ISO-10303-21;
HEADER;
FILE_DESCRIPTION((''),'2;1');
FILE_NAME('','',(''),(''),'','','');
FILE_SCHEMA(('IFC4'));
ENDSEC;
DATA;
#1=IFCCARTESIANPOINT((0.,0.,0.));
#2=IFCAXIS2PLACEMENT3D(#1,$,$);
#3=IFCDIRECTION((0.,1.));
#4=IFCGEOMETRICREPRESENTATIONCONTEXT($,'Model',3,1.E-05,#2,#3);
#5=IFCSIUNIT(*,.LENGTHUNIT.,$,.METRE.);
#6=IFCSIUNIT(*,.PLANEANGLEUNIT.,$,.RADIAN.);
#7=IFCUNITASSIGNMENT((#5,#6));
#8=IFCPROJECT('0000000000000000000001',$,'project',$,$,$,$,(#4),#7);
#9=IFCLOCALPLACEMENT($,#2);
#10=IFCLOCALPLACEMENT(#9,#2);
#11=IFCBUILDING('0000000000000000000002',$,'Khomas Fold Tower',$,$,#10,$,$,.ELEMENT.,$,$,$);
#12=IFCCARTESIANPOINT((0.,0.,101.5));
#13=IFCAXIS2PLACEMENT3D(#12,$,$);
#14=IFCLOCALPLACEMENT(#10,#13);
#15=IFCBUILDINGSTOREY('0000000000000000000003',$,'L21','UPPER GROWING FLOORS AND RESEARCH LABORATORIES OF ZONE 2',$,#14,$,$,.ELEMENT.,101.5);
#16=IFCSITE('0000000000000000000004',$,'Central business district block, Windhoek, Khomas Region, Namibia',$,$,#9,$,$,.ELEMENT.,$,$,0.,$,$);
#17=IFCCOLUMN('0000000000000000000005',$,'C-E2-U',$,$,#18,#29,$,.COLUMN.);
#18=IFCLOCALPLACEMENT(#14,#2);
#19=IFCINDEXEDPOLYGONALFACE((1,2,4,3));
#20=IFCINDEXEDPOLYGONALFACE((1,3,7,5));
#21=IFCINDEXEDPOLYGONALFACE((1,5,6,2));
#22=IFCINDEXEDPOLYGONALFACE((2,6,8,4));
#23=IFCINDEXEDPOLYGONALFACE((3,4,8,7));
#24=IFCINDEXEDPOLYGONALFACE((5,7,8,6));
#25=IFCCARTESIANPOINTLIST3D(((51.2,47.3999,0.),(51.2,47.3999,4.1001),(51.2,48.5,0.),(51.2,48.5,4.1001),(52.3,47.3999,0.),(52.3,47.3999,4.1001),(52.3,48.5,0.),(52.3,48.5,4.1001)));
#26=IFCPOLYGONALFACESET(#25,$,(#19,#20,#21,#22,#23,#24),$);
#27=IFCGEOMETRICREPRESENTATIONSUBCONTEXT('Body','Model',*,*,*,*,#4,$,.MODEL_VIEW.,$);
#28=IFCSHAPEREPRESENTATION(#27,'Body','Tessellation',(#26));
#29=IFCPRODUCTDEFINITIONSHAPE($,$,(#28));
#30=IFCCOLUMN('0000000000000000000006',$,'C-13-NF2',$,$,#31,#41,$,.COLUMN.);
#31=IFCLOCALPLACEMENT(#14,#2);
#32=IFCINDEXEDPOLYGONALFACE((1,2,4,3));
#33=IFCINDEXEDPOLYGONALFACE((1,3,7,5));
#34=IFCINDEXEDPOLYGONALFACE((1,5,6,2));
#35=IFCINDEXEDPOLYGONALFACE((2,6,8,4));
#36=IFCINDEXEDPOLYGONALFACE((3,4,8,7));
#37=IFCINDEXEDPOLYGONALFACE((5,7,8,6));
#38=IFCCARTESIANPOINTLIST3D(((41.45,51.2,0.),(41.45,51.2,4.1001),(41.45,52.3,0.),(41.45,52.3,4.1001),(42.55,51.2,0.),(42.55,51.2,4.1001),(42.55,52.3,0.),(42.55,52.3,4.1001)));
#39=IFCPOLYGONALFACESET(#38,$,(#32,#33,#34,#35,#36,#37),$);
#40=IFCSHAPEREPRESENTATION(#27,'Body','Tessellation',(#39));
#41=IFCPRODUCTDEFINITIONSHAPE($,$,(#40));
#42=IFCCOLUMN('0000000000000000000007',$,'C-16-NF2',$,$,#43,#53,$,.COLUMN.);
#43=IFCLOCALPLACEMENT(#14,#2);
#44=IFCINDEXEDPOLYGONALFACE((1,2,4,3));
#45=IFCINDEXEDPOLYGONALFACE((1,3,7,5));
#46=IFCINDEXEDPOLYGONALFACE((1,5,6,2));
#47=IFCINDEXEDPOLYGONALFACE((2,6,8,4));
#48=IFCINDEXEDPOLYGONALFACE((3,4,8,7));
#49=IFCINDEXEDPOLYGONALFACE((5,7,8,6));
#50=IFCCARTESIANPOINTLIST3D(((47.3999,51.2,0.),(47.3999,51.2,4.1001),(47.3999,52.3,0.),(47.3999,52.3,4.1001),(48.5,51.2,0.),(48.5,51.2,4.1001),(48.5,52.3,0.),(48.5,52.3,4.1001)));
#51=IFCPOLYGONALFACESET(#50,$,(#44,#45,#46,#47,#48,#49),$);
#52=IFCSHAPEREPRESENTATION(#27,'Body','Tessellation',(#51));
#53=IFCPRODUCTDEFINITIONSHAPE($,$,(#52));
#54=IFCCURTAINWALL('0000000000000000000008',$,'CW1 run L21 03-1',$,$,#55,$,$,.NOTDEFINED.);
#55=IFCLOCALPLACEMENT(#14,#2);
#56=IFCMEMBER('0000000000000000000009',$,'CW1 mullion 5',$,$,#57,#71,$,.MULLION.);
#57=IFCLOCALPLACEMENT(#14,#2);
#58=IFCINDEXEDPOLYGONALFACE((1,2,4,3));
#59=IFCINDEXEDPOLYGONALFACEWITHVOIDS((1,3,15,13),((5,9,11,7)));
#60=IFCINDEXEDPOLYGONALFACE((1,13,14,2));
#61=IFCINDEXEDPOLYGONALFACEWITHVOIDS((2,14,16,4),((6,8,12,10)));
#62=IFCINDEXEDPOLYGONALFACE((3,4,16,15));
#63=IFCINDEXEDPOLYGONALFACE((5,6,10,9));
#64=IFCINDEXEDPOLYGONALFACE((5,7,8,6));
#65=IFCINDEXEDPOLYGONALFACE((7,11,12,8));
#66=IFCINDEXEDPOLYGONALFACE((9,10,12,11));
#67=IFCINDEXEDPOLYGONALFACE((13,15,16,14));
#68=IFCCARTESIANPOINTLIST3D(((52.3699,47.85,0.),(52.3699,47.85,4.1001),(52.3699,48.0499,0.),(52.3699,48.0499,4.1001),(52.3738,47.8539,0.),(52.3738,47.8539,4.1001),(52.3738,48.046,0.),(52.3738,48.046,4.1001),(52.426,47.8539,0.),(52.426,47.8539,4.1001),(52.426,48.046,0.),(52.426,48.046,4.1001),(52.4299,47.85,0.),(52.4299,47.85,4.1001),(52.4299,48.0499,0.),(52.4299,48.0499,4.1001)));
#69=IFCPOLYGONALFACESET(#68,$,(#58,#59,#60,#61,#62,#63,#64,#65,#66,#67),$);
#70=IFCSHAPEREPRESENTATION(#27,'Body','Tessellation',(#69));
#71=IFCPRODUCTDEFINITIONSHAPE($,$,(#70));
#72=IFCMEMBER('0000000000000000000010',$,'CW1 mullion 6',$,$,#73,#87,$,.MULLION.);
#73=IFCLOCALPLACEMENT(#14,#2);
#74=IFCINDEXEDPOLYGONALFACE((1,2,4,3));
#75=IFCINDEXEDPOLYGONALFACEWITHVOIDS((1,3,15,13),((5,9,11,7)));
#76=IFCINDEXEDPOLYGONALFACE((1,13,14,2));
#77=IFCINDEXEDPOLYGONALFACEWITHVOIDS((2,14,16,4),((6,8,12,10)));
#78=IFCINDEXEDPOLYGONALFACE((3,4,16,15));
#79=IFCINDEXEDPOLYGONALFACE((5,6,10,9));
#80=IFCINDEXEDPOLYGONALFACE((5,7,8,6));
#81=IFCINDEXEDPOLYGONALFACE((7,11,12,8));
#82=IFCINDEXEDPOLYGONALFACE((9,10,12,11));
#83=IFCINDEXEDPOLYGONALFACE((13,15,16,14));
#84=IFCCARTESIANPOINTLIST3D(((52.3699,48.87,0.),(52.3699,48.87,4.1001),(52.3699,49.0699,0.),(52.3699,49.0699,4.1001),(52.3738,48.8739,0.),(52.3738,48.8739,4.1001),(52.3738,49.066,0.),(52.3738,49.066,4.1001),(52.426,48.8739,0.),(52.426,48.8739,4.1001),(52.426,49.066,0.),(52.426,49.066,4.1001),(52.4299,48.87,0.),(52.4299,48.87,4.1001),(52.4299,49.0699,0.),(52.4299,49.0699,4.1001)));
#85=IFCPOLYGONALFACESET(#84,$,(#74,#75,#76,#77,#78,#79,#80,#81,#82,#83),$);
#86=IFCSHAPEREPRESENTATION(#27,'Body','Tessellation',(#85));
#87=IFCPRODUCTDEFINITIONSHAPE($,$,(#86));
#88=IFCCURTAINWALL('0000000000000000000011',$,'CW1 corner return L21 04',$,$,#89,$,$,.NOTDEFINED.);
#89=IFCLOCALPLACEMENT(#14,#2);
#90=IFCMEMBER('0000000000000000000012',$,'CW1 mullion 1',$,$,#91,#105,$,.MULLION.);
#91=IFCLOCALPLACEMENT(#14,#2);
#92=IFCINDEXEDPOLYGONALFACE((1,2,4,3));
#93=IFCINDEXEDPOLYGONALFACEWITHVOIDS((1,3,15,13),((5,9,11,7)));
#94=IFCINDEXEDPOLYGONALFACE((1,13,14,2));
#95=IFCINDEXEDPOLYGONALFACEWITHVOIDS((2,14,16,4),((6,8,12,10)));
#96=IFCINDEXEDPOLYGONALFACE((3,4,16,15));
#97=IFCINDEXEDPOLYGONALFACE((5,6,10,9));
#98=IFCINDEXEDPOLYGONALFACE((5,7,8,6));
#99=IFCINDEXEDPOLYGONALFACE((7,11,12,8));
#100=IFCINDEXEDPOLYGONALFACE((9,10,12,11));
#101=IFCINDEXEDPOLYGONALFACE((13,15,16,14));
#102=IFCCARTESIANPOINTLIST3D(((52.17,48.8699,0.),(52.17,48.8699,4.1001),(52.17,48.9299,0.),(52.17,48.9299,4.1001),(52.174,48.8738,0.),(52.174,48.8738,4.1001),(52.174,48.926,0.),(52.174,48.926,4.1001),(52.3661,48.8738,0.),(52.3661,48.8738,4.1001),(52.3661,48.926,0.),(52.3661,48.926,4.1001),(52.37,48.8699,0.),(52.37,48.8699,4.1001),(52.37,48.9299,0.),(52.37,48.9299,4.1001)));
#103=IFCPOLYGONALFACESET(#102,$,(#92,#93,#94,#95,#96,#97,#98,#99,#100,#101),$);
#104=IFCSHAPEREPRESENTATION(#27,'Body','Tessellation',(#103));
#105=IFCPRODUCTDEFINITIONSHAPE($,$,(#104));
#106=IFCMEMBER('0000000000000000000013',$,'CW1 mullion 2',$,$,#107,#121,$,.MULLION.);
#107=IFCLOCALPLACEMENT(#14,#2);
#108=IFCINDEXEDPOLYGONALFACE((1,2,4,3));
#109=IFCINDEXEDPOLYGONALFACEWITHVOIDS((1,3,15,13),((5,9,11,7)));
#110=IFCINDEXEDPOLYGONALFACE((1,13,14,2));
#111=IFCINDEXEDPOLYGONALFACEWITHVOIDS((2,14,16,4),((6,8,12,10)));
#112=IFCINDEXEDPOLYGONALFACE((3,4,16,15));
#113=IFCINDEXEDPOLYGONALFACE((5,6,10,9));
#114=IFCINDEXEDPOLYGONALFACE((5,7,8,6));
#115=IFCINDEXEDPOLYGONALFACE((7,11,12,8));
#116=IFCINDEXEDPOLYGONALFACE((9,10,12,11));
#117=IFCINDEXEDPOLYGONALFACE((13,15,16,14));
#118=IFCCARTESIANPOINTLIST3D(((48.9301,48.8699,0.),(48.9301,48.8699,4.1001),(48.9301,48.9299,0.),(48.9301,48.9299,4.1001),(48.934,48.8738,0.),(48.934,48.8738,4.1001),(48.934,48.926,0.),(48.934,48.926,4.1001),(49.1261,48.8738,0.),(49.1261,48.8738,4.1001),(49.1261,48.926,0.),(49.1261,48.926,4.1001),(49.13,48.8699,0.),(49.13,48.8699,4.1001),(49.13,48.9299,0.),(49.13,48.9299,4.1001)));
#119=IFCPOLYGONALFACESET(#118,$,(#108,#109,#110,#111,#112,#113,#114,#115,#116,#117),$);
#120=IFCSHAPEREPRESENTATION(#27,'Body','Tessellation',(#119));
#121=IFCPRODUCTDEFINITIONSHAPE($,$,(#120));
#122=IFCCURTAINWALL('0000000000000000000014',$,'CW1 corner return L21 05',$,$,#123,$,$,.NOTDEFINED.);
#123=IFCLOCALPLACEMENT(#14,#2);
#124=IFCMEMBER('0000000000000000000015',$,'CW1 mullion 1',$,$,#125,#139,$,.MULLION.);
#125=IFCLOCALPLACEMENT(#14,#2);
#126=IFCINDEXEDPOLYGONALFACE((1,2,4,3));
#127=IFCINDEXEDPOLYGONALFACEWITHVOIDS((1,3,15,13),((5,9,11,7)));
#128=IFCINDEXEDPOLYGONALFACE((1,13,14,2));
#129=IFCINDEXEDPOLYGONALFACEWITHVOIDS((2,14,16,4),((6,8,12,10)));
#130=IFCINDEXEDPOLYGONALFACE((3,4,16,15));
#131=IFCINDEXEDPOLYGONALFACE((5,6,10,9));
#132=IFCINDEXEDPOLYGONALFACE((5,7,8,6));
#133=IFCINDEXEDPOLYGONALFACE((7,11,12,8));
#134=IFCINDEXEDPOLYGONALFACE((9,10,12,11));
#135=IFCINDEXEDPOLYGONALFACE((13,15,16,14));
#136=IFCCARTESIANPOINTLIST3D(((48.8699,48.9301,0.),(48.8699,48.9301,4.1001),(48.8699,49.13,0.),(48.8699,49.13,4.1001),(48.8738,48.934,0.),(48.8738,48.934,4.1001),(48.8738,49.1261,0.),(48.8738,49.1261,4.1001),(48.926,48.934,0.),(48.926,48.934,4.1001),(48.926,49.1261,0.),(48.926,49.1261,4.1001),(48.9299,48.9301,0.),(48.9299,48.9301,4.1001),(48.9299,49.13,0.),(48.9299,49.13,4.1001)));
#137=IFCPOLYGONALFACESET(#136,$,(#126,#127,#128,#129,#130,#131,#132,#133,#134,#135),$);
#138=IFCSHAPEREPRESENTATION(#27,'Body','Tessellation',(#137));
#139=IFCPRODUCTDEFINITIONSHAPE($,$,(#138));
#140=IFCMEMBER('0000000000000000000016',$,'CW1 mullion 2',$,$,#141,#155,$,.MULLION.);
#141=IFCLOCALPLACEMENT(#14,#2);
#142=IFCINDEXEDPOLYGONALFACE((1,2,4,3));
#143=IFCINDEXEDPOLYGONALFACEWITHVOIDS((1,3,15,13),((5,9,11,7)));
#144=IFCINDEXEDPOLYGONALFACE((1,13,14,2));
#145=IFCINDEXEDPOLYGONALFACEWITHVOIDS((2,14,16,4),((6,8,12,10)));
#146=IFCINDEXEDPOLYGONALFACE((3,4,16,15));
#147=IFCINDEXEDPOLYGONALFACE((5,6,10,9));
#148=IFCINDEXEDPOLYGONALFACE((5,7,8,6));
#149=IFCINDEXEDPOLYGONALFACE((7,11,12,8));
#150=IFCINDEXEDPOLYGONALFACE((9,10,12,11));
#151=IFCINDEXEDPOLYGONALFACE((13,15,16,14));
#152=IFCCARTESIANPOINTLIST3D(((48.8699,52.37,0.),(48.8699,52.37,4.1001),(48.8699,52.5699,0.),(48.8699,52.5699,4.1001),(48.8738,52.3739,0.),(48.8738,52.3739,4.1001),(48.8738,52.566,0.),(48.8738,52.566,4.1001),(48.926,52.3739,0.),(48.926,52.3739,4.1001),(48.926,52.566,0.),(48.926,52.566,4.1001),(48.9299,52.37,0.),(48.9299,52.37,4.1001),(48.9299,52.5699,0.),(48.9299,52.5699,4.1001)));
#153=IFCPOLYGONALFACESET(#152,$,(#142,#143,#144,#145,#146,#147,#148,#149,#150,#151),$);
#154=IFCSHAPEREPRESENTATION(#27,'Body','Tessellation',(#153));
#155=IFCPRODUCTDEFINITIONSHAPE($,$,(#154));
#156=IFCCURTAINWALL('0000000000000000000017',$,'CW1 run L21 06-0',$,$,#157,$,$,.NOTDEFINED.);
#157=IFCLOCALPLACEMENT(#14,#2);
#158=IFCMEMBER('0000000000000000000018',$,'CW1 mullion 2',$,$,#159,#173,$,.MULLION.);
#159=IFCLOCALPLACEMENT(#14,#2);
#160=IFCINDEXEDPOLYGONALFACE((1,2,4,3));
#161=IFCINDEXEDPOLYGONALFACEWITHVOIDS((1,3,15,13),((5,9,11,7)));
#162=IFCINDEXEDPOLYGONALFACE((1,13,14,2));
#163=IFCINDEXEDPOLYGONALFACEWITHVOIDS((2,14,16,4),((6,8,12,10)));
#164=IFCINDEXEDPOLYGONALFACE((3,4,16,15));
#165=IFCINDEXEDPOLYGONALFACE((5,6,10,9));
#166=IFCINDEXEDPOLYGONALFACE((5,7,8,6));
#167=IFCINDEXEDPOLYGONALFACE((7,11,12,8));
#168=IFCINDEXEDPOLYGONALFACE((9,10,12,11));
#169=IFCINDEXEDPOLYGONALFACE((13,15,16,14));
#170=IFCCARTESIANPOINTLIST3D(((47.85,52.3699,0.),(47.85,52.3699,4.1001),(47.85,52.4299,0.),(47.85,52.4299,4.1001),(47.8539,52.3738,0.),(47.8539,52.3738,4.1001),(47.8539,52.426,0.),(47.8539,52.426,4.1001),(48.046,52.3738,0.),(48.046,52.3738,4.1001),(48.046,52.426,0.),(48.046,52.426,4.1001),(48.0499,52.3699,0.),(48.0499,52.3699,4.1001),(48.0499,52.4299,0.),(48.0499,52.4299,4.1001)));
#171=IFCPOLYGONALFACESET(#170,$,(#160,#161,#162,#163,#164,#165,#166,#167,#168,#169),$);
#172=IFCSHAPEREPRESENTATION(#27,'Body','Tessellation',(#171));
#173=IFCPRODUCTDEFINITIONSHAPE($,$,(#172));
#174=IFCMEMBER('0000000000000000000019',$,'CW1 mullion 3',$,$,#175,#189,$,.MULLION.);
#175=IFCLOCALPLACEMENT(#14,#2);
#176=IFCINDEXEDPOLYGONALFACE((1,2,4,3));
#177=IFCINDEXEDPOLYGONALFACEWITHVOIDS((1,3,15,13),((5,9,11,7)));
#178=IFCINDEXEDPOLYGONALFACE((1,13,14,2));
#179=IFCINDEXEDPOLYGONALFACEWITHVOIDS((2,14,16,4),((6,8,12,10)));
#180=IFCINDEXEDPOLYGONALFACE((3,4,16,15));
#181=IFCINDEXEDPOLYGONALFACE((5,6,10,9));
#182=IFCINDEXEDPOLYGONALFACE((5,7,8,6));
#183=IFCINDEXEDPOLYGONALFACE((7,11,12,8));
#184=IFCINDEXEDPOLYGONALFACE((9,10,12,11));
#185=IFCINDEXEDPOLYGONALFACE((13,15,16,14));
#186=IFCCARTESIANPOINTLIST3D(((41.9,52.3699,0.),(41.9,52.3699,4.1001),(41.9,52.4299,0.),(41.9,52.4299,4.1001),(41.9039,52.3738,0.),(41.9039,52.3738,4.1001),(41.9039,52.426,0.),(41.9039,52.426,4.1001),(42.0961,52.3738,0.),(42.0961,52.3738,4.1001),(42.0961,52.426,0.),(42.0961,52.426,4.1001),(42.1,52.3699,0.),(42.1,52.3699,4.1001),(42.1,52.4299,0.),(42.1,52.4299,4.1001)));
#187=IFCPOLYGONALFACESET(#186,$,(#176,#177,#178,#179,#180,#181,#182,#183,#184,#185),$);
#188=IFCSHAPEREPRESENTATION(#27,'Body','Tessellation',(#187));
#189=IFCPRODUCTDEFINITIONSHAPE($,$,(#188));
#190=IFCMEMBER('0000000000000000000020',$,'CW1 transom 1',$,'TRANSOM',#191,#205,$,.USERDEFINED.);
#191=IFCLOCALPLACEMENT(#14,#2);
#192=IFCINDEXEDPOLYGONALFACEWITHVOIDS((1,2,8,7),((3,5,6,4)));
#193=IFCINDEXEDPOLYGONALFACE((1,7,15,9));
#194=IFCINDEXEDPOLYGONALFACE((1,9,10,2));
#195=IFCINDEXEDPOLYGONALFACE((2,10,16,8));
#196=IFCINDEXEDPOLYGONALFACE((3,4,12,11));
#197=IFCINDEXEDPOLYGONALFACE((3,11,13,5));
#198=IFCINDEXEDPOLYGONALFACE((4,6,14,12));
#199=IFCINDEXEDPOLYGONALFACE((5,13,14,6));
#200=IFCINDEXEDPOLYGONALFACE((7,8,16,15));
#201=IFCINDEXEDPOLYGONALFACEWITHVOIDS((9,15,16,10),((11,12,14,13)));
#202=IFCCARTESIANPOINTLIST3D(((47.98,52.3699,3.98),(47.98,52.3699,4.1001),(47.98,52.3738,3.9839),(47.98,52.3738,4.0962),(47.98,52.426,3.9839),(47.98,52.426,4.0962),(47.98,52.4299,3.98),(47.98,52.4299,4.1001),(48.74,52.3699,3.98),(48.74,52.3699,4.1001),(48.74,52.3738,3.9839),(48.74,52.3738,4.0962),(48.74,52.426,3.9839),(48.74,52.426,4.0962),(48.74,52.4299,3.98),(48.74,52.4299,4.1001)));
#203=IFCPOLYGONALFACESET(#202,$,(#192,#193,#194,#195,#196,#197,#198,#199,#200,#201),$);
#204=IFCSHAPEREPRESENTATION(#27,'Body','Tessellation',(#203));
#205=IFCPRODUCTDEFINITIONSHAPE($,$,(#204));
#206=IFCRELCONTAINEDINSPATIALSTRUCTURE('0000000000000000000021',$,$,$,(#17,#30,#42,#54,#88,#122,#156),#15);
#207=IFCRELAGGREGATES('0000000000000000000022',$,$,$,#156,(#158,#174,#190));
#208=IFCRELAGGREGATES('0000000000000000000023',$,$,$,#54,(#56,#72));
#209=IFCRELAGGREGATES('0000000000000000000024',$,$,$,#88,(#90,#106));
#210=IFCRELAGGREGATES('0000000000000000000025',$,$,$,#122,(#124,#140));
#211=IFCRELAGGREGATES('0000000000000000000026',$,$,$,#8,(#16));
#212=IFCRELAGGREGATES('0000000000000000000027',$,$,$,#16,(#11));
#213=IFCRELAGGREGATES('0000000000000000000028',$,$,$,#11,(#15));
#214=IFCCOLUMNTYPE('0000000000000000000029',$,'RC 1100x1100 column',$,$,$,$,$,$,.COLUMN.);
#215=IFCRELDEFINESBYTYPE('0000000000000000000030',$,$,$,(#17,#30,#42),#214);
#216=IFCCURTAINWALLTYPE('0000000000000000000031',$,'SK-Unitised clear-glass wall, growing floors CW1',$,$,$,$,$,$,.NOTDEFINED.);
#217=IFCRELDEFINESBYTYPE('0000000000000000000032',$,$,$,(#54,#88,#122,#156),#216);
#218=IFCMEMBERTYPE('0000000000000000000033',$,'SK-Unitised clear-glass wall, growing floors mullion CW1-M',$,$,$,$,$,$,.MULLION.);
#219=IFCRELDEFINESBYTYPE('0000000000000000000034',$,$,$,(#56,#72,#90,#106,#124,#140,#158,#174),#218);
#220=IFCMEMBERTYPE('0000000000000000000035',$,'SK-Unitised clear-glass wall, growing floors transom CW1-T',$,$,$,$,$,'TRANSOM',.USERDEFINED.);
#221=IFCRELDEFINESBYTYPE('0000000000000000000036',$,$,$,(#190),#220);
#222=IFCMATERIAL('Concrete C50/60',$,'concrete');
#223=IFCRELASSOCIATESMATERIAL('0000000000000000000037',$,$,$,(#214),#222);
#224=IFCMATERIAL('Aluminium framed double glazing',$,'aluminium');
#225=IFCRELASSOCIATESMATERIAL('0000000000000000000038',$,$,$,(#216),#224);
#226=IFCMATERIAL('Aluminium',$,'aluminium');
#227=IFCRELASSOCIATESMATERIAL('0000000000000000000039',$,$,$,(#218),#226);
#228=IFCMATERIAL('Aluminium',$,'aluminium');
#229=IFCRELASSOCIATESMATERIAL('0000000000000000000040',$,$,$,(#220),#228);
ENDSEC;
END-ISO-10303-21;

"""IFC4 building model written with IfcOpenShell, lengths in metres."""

from ifc_helpers import new_model, si_unit, direction, frame, origin, origin_2d, place, context, subcontext, project, spatial, rectangle, hollow_rectangle, extrude, source, transform, mapped, material, material_profile, profile_set, type_object, element, aggregate, save


model = new_model("IFC4")

# Units and contexts
model_context = context("Model", 3, precision=1e-05, world=origin(), true_north=direction((0.0, 1.0)))
body_context = subcontext(model_context, "Body", "Model", "MODEL_VIEW")
ifc_project = project(units=[si_unit("LENGTHUNIT", "METRE"), si_unit("PLANEANGLEUNIT", "RADIAN")], contexts=[model_context])

# Site, building, storey
site_placement = place(None, origin())
site = spatial("IfcSite", under=ifc_project, at=site_placement, Name="Central business district block, Windhoek, Khomas Region, Namibia", CompositionType="ELEMENT", RefElevation=0.0)
building_placement = place(site_placement, origin())
building = spatial("IfcBuilding", under=site, at=building_placement, Name="Khomas Fold Tower", CompositionType="ELEMENT")
storey_placement = place(building_placement, frame((0.0, 0.0, 101.5)))
storey = spatial("IfcBuildingStorey", under=building, at=storey_placement, Name="L21", Description="UPPER GROWING FLOORS AND RESEARCH LABORATORIES OF ZONE 2", CompositionType="ELEMENT", Elevation=101.5)

# Columns
ifc_material_1 = material(Name="Concrete C50/60", Category="concrete")
ifc_material_profile_1 = material_profile(ifc_material_1, rectangle(XDim=1.1001, YDim=1.1001, at=origin_2d()), Name="RC 1100x1100")
ifc_profile_set_1 = profile_set([ifc_material_profile_1], Name="Concrete C50/60")
column_type = type_object("IfcColumnType", Name="RC 1100x1100 column", PredefinedType="COLUMN", material=ifc_profile_set_1)
shared_shape_1 = source(origin(), body_context, "Body", "SweptSolid", [
    extrude(rectangle(XDim=1.1001, YDim=1.1001, at=origin_2d()), origin(), (0.0, 0.0, 1.0), 4.1001),
])
for number, where, z_axis, x_axis, name in (
    (1, (51.75, 47.95, 0.0), (0.0, 0.0, 1.0), (1.0, 0.0, 0.0), "C-E2-U"),
    (2, (42.0, 51.75, 0.0), (0.0, 0.0, 1.0), (1.0, 0.0, 0.0), "C-13-NF2"),
    (3, (47.95, 51.75, 0.0), (0.0, 0.0, 1.0), (1.0, 0.0, 0.0), "C-16-NF2"),
):
    element("IfcColumn", number, at=place(storey_placement, frame(where, z_axis=z_axis, x_axis=x_axis)), inside=storey, type_object=column_type, Name=name, PredefinedType="COLUMN", context=body_context, shape_type="MappedRepresentation", body=[
        mapped(shared_shape_1, transform((0.0, 0.0, 0.0))),
    ])

# Curtain walls, members
ifc_material_2 = material(Name="Aluminium framed double glazing", Category="aluminium")
curtain_wall_type = type_object("IfcCurtainWallType", Name="SK-Unitised clear-glass wall, growing floors CW1", PredefinedType="NOTDEFINED", material=ifc_material_2)
curtain_wall_1_placement = place(storey_placement, origin())
curtain_wall_1 = element("IfcCurtainWall", 4, at=curtain_wall_1_placement, inside=storey, type_object=curtain_wall_type, Name="CW1 run L21 03-1", PredefinedType="NOTDEFINED")
ifc_material_3 = material(Name="Aluminium", Category="aluminium")
ifc_material_profile_2 = material_profile(ifc_material_3, hollow_rectangle(XDim=0.0601, YDim=0.2, WallThickness=0.0039, at=origin_2d()), Name="SK-Unitised clear-glass wall, growing floors mullion CW1-M")
ifc_profile_set_2 = profile_set([ifc_material_profile_2], Name="Aluminium")
member_type_1 = type_object("IfcMemberType", Name="SK-Unitised clear-glass wall, growing floors mullion CW1-M", PredefinedType="MULLION", material=ifc_profile_set_2)
shared_shape_2 = source(origin(), body_context, "Body", "SweptSolid", [
    extrude(hollow_rectangle(XDim=0.0601, YDim=0.2, WallThickness=0.0039, at=origin_2d()), origin(), (0.0, 0.0, 1.0), 4.1001),
])
member_1_placement = place(storey_placement, frame((52.3999, 47.95, 0.0), z_axis=(0.0, 0.0, 1.0), x_axis=(-1.0, 0.0, 0.0)))
member_1 = element("IfcMember", 5, at=member_1_placement, type_object=member_type_1, Name="CW1 mullion 5", PredefinedType="MULLION", context=body_context, shape_type="MappedRepresentation", body=[
    mapped(shared_shape_2, transform((0.0, 0.0, 0.0))),
])
member_2_placement = place(storey_placement, frame((52.3999, 48.97, 0.0), z_axis=(0.0, 0.0, 1.0), x_axis=(-1.0, 0.0, 0.0)))
member_2 = element("IfcMember", 6, at=member_2_placement, type_object=member_type_1, Name="CW1 mullion 6", PredefinedType="MULLION", context=body_context, shape_type="MappedRepresentation", body=[
    mapped(shared_shape_2, transform((0.0, 0.0, 0.0))),
])
curtain_wall_2_placement = place(storey_placement, origin())
curtain_wall_2 = element("IfcCurtainWall", 7, at=curtain_wall_2_placement, inside=storey, type_object=curtain_wall_type, Name="CW1 corner return L21 04", PredefinedType="NOTDEFINED")
member_3_placement = place(storey_placement, frame((52.27, 48.8999, 0.0), z_axis=(0.0, 0.0, 1.0), x_axis=(0.0, -1.0, 0.0)))
member_3 = element("IfcMember", 8, at=member_3_placement, type_object=member_type_1, Name="CW1 mullion 1", PredefinedType="MULLION", context=body_context, shape_type="MappedRepresentation", body=[
    mapped(shared_shape_2, transform((0.0, 0.0, 0.0))),
])
member_4_placement = place(storey_placement, frame((49.03, 48.8999, 0.0), z_axis=(0.0, 0.0, 1.0), x_axis=(0.0, -1.0, 0.0)))
member_4 = element("IfcMember", 9, at=member_4_placement, type_object=member_type_1, Name="CW1 mullion 2", PredefinedType="MULLION", context=body_context, shape_type="MappedRepresentation", body=[
    mapped(shared_shape_2, transform((0.0, 0.0, 0.0))),
])
curtain_wall_3_placement = place(storey_placement, origin())
curtain_wall_3 = element("IfcCurtainWall", 10, at=curtain_wall_3_placement, inside=storey, type_object=curtain_wall_type, Name="CW1 corner return L21 05", PredefinedType="NOTDEFINED")
member_5_placement = place(storey_placement, frame((48.8999, 49.03, 0.0), z_axis=(0.0, 0.0, 1.0), x_axis=(-1.0, 0.0, 0.0)))
member_5 = element("IfcMember", 11, at=member_5_placement, type_object=member_type_1, Name="CW1 mullion 1", PredefinedType="MULLION", context=body_context, shape_type="MappedRepresentation", body=[
    mapped(shared_shape_2, transform((0.0, 0.0, 0.0))),
])
member_6_placement = place(storey_placement, frame((48.8999, 52.47, 0.0), z_axis=(0.0, 0.0, 1.0), x_axis=(-1.0, 0.0, 0.0)))
member_6 = element("IfcMember", 12, at=member_6_placement, type_object=member_type_1, Name="CW1 mullion 2", PredefinedType="MULLION", context=body_context, shape_type="MappedRepresentation", body=[
    mapped(shared_shape_2, transform((0.0, 0.0, 0.0))),
])
curtain_wall_4_placement = place(storey_placement, origin())
curtain_wall_4 = element("IfcCurtainWall", 13, at=curtain_wall_4_placement, inside=storey, type_object=curtain_wall_type, Name="CW1 run L21 06-0", PredefinedType="NOTDEFINED")
member_7_placement = place(storey_placement, frame((47.95, 52.3999, 0.0), z_axis=(0.0, 0.0, 1.0), x_axis=(0.0, -1.0, 0.0)))
member_7 = element("IfcMember", 14, at=member_7_placement, type_object=member_type_1, Name="CW1 mullion 2", PredefinedType="MULLION", context=body_context, shape_type="MappedRepresentation", body=[
    mapped(shared_shape_2, transform((0.0, 0.0, 0.0))),
])
member_8_placement = place(storey_placement, frame((42.0, 52.3999, 0.0), z_axis=(0.0, 0.0, 1.0), x_axis=(0.0, -1.0, 0.0)))
member_8 = element("IfcMember", 15, at=member_8_placement, type_object=member_type_1, Name="CW1 mullion 3", PredefinedType="MULLION", context=body_context, shape_type="MappedRepresentation", body=[
    mapped(shared_shape_2, transform((0.0, 0.0, 0.0))),
])
ifc_material_4 = material(Name="Aluminium", Category="aluminium")
ifc_material_profile_3 = material_profile(ifc_material_4, hollow_rectangle(XDim=0.0601, YDim=0.1201, WallThickness=0.0039, at=origin_2d()), Name="SK-Unitised clear-glass wall, growing floors transom CW1-T")
ifc_profile_set_3 = profile_set([ifc_material_profile_3], Name="Aluminium")
member_type_2 = type_object("IfcMemberType", Name="SK-Unitised clear-glass wall, growing floors transom CW1-T", ElementType="TRANSOM", PredefinedType="USERDEFINED", material=ifc_profile_set_3)
shared_shape_3 = source(origin(), body_context, "Body", "SweptSolid", [
    extrude(hollow_rectangle(XDim=0.0601, YDim=0.1201, WallThickness=0.0039, at=origin_2d()), origin(), (0.0, 0.0, 1.0), 0.76),
])
member_9_placement = place(storey_placement, frame((48.74, 52.3999, 4.04), z_axis=(-1.0, 0.0, 0.0), x_axis=(0.0, -1.0, 0.0)))
member_9 = element("IfcMember", 16, at=member_9_placement, type_object=member_type_2, Name="CW1 transom 1", ObjectType="TRANSOM", PredefinedType="USERDEFINED", context=body_context, shape_type="MappedRepresentation", body=[
    mapped(shared_shape_3, transform((0.0, 0.0, 0.0))),
])

aggregate(curtain_wall_4, [member_7, member_8, member_9])
aggregate(curtain_wall_1, [member_1, member_2])
aggregate(curtain_wall_2, [member_3, member_4])
aggregate(curtain_wall_3, [member_5, member_6])

save(model, "model.ifc")
